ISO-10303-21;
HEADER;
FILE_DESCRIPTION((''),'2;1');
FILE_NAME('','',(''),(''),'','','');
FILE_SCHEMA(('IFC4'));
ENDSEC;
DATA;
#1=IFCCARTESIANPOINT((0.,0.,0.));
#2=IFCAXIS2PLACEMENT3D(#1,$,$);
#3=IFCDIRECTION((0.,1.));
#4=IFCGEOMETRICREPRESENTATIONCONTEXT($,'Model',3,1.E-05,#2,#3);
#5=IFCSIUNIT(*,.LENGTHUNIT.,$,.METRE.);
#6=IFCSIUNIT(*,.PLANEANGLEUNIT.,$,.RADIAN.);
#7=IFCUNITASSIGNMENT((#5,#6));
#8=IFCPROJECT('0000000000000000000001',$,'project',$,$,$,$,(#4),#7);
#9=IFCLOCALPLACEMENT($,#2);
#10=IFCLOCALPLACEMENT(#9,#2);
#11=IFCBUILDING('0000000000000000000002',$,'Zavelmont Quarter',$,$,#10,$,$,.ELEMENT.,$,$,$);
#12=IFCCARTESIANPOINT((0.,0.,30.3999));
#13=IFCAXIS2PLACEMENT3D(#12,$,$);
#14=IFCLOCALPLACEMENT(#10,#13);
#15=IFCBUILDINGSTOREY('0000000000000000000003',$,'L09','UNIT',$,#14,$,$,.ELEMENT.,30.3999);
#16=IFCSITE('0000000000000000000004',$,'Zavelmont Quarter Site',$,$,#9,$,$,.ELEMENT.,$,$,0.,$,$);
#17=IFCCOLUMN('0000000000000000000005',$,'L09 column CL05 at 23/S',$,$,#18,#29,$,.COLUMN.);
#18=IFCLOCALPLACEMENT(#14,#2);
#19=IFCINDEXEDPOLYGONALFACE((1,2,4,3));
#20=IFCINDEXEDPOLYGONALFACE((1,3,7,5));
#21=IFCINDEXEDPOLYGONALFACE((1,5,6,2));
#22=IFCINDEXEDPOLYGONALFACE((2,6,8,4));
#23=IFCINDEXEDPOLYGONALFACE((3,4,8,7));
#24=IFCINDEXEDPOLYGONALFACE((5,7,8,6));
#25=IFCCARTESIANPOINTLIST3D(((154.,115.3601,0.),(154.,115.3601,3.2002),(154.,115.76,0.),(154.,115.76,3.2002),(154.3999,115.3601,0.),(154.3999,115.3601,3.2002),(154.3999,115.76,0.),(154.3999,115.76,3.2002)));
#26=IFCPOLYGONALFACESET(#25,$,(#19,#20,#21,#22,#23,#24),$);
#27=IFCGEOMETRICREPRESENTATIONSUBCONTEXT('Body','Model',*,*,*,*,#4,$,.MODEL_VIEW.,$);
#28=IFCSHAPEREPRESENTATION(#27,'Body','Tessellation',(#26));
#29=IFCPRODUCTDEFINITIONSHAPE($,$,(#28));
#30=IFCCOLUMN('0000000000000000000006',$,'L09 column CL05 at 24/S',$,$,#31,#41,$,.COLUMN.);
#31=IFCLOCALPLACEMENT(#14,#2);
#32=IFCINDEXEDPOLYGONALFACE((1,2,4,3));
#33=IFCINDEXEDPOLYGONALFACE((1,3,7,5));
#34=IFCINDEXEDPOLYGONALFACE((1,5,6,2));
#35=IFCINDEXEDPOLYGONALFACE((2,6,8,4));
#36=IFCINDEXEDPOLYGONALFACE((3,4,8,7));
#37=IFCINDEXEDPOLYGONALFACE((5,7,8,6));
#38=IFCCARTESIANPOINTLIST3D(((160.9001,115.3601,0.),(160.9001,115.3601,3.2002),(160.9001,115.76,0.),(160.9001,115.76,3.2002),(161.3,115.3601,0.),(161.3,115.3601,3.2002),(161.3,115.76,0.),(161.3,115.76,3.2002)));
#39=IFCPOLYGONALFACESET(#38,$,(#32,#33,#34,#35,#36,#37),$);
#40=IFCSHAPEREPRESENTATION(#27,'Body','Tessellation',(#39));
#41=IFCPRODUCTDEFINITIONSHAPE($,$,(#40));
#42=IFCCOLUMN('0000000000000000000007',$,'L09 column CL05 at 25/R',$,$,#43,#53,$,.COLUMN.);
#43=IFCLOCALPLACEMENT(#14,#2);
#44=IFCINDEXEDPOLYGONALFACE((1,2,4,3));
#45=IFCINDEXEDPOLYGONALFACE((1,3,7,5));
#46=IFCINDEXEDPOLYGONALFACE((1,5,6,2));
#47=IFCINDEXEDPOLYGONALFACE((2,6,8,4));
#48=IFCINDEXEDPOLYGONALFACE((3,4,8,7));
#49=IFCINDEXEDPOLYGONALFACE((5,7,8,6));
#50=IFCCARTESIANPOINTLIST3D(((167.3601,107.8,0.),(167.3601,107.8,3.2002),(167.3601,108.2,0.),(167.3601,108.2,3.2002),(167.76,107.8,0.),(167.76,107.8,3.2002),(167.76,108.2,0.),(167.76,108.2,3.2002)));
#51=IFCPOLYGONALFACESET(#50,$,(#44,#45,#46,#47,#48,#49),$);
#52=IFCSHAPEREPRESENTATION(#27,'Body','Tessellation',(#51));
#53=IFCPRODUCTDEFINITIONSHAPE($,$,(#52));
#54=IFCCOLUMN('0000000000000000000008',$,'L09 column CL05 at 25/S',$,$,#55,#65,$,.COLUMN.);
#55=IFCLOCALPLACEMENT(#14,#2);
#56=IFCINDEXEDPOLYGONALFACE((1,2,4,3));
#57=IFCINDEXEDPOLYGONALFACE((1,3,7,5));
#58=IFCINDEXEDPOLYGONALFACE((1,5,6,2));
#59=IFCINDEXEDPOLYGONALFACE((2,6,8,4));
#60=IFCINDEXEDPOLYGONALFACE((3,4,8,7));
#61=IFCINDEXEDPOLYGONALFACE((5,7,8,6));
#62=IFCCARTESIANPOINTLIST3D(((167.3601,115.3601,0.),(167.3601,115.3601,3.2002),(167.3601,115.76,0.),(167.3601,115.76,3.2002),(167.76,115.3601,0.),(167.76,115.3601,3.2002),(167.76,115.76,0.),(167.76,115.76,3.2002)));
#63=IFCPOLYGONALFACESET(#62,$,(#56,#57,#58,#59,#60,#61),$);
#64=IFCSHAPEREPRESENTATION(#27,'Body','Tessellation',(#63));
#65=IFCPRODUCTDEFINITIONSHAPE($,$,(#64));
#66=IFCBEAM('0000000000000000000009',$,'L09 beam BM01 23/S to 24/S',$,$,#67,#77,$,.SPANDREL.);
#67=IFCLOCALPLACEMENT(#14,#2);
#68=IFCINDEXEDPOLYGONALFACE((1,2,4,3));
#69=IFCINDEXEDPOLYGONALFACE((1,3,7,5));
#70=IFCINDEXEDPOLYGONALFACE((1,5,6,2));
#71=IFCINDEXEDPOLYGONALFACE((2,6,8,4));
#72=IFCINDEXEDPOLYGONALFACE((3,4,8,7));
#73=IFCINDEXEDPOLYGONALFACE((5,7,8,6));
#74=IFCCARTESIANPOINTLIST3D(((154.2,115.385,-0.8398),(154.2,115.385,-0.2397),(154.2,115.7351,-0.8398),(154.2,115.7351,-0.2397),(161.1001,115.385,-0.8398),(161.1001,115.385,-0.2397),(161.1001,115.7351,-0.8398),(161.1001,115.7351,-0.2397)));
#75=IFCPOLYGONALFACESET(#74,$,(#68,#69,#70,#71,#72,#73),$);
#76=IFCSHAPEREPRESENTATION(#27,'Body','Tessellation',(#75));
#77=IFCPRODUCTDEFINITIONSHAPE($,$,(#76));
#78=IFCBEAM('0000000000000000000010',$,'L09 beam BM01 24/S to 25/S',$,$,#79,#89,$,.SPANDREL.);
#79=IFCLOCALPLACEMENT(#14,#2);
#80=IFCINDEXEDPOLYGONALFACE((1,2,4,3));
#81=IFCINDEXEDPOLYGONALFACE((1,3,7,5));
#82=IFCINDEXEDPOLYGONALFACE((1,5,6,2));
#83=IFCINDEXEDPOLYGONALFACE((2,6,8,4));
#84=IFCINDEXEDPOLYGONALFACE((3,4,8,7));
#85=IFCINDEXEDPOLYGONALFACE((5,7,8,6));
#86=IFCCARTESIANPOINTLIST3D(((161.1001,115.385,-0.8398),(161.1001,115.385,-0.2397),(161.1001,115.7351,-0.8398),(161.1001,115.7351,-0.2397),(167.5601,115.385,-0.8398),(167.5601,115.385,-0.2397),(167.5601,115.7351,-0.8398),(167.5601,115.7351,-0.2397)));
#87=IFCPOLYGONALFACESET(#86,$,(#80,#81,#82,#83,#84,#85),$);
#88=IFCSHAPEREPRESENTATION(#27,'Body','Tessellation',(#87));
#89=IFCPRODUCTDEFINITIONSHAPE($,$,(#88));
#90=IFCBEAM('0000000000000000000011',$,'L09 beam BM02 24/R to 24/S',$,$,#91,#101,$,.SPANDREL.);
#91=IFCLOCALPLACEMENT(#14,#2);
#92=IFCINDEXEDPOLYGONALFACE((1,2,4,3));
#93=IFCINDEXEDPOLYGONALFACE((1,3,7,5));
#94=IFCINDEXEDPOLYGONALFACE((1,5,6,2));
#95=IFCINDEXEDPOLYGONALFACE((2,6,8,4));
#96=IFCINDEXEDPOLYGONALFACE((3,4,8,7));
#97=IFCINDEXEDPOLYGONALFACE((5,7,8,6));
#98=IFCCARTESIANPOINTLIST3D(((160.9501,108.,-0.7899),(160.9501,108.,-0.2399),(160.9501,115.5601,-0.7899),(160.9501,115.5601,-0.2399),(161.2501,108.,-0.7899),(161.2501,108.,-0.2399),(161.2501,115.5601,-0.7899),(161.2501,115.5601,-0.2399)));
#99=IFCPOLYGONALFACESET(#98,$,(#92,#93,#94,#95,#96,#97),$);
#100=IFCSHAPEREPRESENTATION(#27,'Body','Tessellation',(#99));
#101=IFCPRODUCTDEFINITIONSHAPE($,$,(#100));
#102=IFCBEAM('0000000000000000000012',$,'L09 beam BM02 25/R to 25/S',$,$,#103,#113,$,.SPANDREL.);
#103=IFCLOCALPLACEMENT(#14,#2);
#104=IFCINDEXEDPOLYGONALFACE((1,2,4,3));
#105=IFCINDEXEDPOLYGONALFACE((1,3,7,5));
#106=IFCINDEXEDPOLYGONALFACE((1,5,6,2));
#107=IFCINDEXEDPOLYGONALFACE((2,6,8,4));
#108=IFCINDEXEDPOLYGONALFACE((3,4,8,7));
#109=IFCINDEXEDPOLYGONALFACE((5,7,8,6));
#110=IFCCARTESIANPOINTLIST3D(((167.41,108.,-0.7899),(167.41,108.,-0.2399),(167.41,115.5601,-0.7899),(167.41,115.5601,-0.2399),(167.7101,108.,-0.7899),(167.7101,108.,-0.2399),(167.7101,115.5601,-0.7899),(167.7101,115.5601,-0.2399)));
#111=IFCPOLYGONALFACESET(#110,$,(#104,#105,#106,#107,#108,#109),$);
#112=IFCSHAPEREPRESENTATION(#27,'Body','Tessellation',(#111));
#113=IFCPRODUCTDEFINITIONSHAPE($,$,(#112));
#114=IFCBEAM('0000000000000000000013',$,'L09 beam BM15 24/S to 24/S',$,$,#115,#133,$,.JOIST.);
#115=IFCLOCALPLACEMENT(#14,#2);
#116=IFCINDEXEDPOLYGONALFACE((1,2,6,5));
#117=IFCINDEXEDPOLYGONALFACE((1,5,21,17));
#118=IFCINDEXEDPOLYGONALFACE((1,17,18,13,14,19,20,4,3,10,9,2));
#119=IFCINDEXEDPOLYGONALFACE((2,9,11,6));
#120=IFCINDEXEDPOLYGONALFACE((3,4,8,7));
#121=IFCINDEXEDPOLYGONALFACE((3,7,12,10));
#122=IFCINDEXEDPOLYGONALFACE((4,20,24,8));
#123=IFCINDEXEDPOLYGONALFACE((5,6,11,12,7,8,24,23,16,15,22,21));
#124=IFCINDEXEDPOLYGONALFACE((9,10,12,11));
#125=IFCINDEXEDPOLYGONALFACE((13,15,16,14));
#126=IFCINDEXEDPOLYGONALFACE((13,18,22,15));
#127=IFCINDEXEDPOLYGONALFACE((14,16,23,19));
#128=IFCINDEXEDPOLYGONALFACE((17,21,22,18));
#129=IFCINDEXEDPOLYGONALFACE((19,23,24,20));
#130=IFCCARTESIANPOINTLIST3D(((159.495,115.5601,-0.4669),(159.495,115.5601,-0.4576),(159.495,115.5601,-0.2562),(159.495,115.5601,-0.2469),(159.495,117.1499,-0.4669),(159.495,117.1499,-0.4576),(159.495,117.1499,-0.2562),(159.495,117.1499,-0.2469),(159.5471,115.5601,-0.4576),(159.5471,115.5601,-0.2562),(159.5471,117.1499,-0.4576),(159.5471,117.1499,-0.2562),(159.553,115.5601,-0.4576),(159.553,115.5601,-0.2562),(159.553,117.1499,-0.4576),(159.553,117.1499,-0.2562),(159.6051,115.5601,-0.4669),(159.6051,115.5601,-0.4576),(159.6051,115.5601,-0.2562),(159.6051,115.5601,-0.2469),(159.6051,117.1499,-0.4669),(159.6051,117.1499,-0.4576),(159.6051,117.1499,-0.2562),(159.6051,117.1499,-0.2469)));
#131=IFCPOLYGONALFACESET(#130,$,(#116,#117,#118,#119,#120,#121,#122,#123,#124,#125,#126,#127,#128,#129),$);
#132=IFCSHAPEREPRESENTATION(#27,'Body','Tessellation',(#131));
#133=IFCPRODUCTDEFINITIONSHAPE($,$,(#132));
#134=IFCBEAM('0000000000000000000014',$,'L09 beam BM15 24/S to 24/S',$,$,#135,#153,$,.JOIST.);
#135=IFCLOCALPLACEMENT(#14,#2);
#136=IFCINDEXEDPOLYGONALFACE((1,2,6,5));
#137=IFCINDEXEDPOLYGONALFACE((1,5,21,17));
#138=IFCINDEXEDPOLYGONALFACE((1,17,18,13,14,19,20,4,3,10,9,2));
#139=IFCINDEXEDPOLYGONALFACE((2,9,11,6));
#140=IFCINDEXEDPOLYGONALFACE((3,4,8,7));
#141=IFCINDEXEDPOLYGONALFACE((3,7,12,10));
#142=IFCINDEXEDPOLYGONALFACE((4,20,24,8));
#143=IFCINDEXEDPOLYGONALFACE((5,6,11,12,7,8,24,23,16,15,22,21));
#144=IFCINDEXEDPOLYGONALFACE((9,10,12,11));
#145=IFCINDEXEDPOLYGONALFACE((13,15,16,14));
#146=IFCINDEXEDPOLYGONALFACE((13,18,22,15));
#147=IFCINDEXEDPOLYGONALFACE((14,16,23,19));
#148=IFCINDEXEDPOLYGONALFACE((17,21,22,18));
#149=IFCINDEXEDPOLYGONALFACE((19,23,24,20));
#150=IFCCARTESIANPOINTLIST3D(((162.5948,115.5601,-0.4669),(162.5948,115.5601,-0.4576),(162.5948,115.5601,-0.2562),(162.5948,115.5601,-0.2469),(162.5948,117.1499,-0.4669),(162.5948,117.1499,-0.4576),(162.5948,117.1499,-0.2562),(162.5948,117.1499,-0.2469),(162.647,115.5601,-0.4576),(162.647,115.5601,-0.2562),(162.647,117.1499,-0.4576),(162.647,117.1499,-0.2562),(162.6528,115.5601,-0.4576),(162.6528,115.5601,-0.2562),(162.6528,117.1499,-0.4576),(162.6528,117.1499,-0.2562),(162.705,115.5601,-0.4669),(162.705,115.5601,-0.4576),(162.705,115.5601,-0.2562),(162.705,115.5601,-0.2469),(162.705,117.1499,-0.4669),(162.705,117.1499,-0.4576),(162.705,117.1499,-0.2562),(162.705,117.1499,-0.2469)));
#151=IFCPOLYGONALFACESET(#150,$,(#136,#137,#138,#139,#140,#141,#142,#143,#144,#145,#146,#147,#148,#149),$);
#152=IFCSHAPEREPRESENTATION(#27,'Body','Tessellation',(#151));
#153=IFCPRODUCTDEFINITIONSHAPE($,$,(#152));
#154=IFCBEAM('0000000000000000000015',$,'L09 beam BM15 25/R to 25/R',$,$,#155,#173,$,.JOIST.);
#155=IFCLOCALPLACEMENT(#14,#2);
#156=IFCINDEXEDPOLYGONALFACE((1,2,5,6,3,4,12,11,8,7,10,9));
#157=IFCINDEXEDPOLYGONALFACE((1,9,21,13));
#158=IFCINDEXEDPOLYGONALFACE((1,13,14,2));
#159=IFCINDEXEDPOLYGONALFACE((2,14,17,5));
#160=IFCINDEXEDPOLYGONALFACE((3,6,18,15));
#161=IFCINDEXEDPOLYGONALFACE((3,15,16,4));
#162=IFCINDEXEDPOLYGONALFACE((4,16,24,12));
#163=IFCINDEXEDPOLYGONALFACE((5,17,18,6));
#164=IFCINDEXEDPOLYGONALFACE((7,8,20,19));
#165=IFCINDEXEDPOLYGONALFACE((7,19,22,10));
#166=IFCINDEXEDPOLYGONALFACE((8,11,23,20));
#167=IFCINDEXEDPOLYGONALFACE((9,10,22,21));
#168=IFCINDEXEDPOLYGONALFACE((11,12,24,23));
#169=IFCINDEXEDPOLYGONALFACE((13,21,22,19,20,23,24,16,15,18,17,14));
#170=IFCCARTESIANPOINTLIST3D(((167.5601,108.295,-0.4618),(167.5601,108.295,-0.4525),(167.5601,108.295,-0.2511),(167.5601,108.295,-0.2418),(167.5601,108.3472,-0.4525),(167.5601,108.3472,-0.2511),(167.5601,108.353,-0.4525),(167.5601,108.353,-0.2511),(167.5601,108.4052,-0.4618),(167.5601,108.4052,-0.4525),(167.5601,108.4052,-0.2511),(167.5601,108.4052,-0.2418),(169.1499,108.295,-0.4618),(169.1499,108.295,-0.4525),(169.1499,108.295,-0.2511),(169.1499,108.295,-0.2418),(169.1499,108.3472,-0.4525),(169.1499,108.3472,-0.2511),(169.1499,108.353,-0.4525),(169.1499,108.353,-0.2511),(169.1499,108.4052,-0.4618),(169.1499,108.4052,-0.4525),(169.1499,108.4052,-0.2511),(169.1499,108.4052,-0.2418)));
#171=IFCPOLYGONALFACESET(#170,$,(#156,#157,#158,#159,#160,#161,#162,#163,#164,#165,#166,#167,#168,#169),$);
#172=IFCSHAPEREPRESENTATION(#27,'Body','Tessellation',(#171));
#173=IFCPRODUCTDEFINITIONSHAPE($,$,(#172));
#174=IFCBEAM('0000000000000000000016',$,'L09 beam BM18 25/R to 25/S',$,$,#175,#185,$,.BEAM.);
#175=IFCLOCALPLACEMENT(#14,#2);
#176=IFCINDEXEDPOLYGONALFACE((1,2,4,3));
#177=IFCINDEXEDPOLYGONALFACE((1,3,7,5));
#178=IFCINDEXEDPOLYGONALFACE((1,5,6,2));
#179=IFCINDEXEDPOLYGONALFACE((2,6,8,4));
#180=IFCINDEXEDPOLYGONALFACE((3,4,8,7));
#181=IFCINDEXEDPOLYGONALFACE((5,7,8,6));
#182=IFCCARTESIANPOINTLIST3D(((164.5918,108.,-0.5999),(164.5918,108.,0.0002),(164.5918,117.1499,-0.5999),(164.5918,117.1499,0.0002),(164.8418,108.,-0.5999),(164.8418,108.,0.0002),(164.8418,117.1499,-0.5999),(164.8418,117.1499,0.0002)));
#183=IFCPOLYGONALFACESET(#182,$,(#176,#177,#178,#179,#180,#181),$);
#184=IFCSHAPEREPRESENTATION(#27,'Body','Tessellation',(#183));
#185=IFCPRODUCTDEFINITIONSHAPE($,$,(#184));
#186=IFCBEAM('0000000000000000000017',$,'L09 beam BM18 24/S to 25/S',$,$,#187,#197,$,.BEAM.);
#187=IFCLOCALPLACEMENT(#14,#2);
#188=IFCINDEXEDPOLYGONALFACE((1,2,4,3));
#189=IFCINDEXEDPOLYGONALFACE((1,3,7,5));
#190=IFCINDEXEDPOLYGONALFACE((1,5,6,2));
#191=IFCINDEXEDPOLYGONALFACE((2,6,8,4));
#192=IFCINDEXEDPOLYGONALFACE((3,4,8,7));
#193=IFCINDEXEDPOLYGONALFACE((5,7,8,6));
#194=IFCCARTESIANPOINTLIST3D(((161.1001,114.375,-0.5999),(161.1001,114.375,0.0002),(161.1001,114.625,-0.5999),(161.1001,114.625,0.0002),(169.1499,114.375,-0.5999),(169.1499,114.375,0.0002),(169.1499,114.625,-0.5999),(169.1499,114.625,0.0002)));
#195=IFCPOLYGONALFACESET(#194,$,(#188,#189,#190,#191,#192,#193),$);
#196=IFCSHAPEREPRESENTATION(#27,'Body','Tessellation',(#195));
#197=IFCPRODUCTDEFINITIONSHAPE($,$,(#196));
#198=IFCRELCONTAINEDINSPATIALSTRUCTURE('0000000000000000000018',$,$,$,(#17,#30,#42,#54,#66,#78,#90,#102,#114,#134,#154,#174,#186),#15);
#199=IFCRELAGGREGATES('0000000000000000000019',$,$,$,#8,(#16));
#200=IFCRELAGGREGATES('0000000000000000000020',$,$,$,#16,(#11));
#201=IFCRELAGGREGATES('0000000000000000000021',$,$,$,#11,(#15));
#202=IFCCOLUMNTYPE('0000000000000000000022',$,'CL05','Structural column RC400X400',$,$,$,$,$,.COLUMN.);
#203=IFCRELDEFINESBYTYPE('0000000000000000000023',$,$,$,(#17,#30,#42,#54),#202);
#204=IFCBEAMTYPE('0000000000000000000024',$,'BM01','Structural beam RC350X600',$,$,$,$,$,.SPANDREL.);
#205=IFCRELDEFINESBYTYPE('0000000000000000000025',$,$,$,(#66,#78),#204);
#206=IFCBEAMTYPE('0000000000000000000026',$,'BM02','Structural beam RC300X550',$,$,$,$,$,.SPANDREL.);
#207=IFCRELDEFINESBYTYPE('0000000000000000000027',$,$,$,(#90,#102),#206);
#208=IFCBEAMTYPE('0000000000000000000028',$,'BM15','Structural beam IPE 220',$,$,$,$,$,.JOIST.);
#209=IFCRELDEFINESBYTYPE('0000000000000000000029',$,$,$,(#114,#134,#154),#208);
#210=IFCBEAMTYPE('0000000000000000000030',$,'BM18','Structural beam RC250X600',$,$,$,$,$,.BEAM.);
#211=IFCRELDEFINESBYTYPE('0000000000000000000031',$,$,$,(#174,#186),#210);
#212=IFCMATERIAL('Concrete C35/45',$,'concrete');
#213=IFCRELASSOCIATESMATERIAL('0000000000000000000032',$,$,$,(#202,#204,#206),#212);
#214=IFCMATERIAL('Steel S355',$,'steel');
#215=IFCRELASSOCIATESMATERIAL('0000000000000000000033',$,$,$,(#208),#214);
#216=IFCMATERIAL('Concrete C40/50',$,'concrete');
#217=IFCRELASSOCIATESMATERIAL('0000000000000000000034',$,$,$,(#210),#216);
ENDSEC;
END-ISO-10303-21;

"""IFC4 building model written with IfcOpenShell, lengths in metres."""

from ifc_helpers import new_model, si_unit, direction, frame, origin, origin_2d, place, context, subcontext, project, spatial, rectangle, i_section, extrude, material, material_profile, profile_set, type_object, element, save


model = new_model("IFC4")

# Units and contexts
model_context = context("Model", 3, precision=1e-05, world=origin(), true_north=direction((0.0, 1.0)))
body_context = subcontext(model_context, "Body", "Model", "MODEL_VIEW")
ifc_project = project(units=[si_unit("LENGTHUNIT", "METRE"), si_unit("PLANEANGLEUNIT", "RADIAN")], contexts=[model_context])

# Site, building, storey
site_placement = place(None, origin())
site = spatial("IfcSite", under=ifc_project, at=site_placement, Name="Zavelmont Quarter Site", CompositionType="ELEMENT", RefElevation=0.0)
building_placement = place(site_placement, origin())
building = spatial("IfcBuilding", under=site, at=building_placement, Name="Zavelmont Quarter", CompositionType="ELEMENT")
storey_placement = place(building_placement, frame((0.0, 0.0, 30.3999)))
storey = spatial("IfcBuildingStorey", under=building, at=storey_placement, Name="L09", Description="UNIT", CompositionType="ELEMENT", Elevation=30.3999)

# Columns
ifc_material_1 = material(Name="Concrete C35/45", Category="concrete")
ifc_material_profile_1 = material_profile(ifc_material_1, rectangle(XDim=0.3999, YDim=0.3999, at=origin_2d()), Name="RC400X400")
ifc_profile_set_1 = profile_set([ifc_material_profile_1], Name="Concrete C35/45")
column_type = type_object("IfcColumnType", Name="CL05", Description="Structural column RC400X400", PredefinedType="COLUMN", material=ifc_profile_set_1)
for number, where, z_axis, x_axis, name in (
    (1, (154.2, 115.5601, 0.0), (0.0, 0.0, 1.0), (1.0, 0.0, 0.0), "L09 column CL05 at 23/S"),
    (2, (161.1001, 115.5601, 0.0), (0.0, 0.0, 1.0), (1.0, 0.0, 0.0), "L09 column CL05 at 24/S"),
    (3, (167.5601, 108.0, 0.0), (0.0, 0.0, 1.0), (1.0, 0.0, 0.0), "L09 column CL05 at 25/R"),
    (4, (167.5601, 115.5601, 0.0), (0.0, 0.0, 1.0), (1.0, 0.0, 0.0), "L09 column CL05 at 25/S"),
):
    element("IfcColumn", number, at=place(storey_placement, frame(where, z_axis=z_axis, x_axis=x_axis)), inside=storey, type_object=column_type, Name=name, PredefinedType="COLUMN", context=body_context, shape_type="SweptSolid", body=[
        extrude(rectangle(XDim=0.3999, YDim=0.3999, at=origin_2d()), origin(), (0.0, 0.0, 1.0), 3.2002),
    ])

# Beams
ifc_material_profile_2 = material_profile(ifc_material_1, rectangle(XDim=0.3501, YDim=0.6001, at=origin_2d()), Name="RC350X600")
ifc_profile_set_2 = profile_set([ifc_material_profile_2], Name="Concrete C35/45")
beam_type_1 = type_object("IfcBeamType", Name="BM01", Description="Structural beam RC350X600", PredefinedType="SPANDREL", material=ifc_profile_set_2)
beam_1_placement = place(storey_placement, frame((154.2, 115.5601, -0.5398), z_axis=(1.0, 0.0, 0.0), x_axis=(0.0, 1.0, 0.0)))
element("IfcBeam", 5, at=beam_1_placement, inside=storey, type_object=beam_type_1, Name="L09 beam BM01 23/S to 24/S", PredefinedType="SPANDREL", context=body_context, shape_type="SweptSolid", body=[
    extrude(rectangle(XDim=0.3501, YDim=0.6001, at=origin_2d()), origin(), (0.0, 0.0, 1.0), 6.9001),
])
beam_2_placement = place(storey_placement, frame((161.1001, 115.5601, -0.5398), z_axis=(1.0, 0.0, 0.0), x_axis=(0.0, 1.0, 0.0)))
element("IfcBeam", 6, at=beam_2_placement, inside=storey, type_object=beam_type_1, Name="L09 beam BM01 24/S to 25/S", PredefinedType="SPANDREL", context=body_context, shape_type="SweptSolid", body=[
    extrude(rectangle(XDim=0.3501, YDim=0.6001, at=origin_2d()), origin(), (0.0, 0.0, 1.0), 6.46),
])
ifc_material_profile_3 = material_profile(ifc_material_1, rectangle(XDim=0.3, YDim=0.55, at=origin_2d()), Name="RC300X550")
ifc_profile_set_3 = profile_set([ifc_material_profile_3], Name="Concrete C35/45")
beam_type_2 = type_object("IfcBeamType", Name="BM02", Description="Structural beam RC300X550", PredefinedType="SPANDREL", material=ifc_profile_set_3)
for number, where, z_axis, x_axis, name in (
    (7, (161.1001, 108.0, -0.5149), (0.0, 1.0, 0.0), (-1.0, 0.0, 0.0), "L09 beam BM02 24/R to 24/S"),
    (8, (167.5601, 108.0, -0.5149), (0.0, 1.0, 0.0), (-1.0, 0.0, 0.0), "L09 beam BM02 25/R to 25/S"),
):
    element("IfcBeam", number, at=place(storey_placement, frame(where, z_axis=z_axis, x_axis=x_axis)), inside=storey, type_object=beam_type_2, Name=name, PredefinedType="SPANDREL", context=body_context, shape_type="SweptSolid", body=[
        extrude(rectangle(XDim=0.3, YDim=0.55, at=origin_2d()), origin(), (0.0, 0.0, 1.0), 7.5601),
    ])
ifc_material_2 = material(Name="Steel S355", Category="steel")
ifc_material_profile_4 = material_profile(ifc_material_2, i_section(OverallWidth=0.1101, OverallDepth=0.22, WebThickness=0.0059, FlangeThickness=0.0093, at=origin_2d()), Name="IPE 220")
ifc_profile_set_4 = profile_set([ifc_material_profile_4], Name="Steel S355")
beam_type_3 = type_object("IfcBeamType", Name="BM15", Description="Structural beam IPE 220", PredefinedType="JOIST", material=ifc_profile_set_4)
for number, where, z_axis, x_axis, name in (
    (9, (159.55, 115.5601, -0.3569), (0.0, 1.0, 0.0), (-1.0, 0.0, 0.0), "L09 beam BM15 24/S to 24/S"),
    (10, (162.6499, 115.5601, -0.3569), (0.0, 1.0, 0.0), (-1.0, 0.0, 0.0), "L09 beam BM15 24/S to 24/S"),
    (11, (167.5601, 108.3501, -0.3518), (1.0, 0.0, 0.0), (0.0, 1.0, 0.0), "L09 beam BM15 25/R to 25/R"),
):
    element("IfcBeam", number, at=place(storey_placement, frame(where, z_axis=z_axis, x_axis=x_axis)), inside=storey, type_object=beam_type_3, Name=name, PredefinedType="JOIST", context=body_context, shape_type="SweptSolid", body=[
        extrude(i_section(OverallWidth=0.1101, OverallDepth=0.22, WebThickness=0.0059, FlangeThickness=0.0093, at=origin_2d()), origin(), (0.0, 0.0, 1.0), 1.5898),
    ])
ifc_material_3 = material(Name="Concrete C40/50", Category="concrete")
ifc_material_profile_5 = material_profile(ifc_material_3, rectangle(XDim=0.25, YDim=0.6001, at=origin_2d()), Name="RC250X600")
ifc_profile_set_5 = profile_set([ifc_material_profile_5], Name="Concrete C40/50")
beam_type_4 = type_object("IfcBeamType", Name="BM18", Description="Structural beam RC250X600", PredefinedType="BEAM", material=ifc_profile_set_5)
beam_3_placement = place(storey_placement, frame((164.7168, 108.0, -0.2998), z_axis=(0.0, 1.0, 0.0), x_axis=(-1.0, 0.0, 0.0)))
element("IfcBeam", 12, at=beam_3_placement, inside=storey, type_object=beam_type_4, Name="L09 beam BM18 25/R to 25/S", PredefinedType="BEAM", context=body_context, shape_type="SweptSolid", body=[
    extrude(rectangle(XDim=0.25, YDim=0.6001, at=origin_2d()), origin(), (0.0, 0.0, 1.0), 9.1499),
])
beam_4_placement = place(storey_placement, frame((161.1001, 114.5, -0.2998), z_axis=(1.0, 0.0, 0.0), x_axis=(0.0, 1.0, 0.0)))
element("IfcBeam", 13, at=beam_4_placement, inside=storey, type_object=beam_type_4, Name="L09 beam BM18 24/S to 25/S", PredefinedType="BEAM", context=body_context, shape_type="SweptSolid", body=[
    extrude(rectangle(XDim=0.25, YDim=0.6001, at=origin_2d()), origin(), (0.0, 0.0, 1.0), 8.0498),
])

save(model, "model.ifc")
